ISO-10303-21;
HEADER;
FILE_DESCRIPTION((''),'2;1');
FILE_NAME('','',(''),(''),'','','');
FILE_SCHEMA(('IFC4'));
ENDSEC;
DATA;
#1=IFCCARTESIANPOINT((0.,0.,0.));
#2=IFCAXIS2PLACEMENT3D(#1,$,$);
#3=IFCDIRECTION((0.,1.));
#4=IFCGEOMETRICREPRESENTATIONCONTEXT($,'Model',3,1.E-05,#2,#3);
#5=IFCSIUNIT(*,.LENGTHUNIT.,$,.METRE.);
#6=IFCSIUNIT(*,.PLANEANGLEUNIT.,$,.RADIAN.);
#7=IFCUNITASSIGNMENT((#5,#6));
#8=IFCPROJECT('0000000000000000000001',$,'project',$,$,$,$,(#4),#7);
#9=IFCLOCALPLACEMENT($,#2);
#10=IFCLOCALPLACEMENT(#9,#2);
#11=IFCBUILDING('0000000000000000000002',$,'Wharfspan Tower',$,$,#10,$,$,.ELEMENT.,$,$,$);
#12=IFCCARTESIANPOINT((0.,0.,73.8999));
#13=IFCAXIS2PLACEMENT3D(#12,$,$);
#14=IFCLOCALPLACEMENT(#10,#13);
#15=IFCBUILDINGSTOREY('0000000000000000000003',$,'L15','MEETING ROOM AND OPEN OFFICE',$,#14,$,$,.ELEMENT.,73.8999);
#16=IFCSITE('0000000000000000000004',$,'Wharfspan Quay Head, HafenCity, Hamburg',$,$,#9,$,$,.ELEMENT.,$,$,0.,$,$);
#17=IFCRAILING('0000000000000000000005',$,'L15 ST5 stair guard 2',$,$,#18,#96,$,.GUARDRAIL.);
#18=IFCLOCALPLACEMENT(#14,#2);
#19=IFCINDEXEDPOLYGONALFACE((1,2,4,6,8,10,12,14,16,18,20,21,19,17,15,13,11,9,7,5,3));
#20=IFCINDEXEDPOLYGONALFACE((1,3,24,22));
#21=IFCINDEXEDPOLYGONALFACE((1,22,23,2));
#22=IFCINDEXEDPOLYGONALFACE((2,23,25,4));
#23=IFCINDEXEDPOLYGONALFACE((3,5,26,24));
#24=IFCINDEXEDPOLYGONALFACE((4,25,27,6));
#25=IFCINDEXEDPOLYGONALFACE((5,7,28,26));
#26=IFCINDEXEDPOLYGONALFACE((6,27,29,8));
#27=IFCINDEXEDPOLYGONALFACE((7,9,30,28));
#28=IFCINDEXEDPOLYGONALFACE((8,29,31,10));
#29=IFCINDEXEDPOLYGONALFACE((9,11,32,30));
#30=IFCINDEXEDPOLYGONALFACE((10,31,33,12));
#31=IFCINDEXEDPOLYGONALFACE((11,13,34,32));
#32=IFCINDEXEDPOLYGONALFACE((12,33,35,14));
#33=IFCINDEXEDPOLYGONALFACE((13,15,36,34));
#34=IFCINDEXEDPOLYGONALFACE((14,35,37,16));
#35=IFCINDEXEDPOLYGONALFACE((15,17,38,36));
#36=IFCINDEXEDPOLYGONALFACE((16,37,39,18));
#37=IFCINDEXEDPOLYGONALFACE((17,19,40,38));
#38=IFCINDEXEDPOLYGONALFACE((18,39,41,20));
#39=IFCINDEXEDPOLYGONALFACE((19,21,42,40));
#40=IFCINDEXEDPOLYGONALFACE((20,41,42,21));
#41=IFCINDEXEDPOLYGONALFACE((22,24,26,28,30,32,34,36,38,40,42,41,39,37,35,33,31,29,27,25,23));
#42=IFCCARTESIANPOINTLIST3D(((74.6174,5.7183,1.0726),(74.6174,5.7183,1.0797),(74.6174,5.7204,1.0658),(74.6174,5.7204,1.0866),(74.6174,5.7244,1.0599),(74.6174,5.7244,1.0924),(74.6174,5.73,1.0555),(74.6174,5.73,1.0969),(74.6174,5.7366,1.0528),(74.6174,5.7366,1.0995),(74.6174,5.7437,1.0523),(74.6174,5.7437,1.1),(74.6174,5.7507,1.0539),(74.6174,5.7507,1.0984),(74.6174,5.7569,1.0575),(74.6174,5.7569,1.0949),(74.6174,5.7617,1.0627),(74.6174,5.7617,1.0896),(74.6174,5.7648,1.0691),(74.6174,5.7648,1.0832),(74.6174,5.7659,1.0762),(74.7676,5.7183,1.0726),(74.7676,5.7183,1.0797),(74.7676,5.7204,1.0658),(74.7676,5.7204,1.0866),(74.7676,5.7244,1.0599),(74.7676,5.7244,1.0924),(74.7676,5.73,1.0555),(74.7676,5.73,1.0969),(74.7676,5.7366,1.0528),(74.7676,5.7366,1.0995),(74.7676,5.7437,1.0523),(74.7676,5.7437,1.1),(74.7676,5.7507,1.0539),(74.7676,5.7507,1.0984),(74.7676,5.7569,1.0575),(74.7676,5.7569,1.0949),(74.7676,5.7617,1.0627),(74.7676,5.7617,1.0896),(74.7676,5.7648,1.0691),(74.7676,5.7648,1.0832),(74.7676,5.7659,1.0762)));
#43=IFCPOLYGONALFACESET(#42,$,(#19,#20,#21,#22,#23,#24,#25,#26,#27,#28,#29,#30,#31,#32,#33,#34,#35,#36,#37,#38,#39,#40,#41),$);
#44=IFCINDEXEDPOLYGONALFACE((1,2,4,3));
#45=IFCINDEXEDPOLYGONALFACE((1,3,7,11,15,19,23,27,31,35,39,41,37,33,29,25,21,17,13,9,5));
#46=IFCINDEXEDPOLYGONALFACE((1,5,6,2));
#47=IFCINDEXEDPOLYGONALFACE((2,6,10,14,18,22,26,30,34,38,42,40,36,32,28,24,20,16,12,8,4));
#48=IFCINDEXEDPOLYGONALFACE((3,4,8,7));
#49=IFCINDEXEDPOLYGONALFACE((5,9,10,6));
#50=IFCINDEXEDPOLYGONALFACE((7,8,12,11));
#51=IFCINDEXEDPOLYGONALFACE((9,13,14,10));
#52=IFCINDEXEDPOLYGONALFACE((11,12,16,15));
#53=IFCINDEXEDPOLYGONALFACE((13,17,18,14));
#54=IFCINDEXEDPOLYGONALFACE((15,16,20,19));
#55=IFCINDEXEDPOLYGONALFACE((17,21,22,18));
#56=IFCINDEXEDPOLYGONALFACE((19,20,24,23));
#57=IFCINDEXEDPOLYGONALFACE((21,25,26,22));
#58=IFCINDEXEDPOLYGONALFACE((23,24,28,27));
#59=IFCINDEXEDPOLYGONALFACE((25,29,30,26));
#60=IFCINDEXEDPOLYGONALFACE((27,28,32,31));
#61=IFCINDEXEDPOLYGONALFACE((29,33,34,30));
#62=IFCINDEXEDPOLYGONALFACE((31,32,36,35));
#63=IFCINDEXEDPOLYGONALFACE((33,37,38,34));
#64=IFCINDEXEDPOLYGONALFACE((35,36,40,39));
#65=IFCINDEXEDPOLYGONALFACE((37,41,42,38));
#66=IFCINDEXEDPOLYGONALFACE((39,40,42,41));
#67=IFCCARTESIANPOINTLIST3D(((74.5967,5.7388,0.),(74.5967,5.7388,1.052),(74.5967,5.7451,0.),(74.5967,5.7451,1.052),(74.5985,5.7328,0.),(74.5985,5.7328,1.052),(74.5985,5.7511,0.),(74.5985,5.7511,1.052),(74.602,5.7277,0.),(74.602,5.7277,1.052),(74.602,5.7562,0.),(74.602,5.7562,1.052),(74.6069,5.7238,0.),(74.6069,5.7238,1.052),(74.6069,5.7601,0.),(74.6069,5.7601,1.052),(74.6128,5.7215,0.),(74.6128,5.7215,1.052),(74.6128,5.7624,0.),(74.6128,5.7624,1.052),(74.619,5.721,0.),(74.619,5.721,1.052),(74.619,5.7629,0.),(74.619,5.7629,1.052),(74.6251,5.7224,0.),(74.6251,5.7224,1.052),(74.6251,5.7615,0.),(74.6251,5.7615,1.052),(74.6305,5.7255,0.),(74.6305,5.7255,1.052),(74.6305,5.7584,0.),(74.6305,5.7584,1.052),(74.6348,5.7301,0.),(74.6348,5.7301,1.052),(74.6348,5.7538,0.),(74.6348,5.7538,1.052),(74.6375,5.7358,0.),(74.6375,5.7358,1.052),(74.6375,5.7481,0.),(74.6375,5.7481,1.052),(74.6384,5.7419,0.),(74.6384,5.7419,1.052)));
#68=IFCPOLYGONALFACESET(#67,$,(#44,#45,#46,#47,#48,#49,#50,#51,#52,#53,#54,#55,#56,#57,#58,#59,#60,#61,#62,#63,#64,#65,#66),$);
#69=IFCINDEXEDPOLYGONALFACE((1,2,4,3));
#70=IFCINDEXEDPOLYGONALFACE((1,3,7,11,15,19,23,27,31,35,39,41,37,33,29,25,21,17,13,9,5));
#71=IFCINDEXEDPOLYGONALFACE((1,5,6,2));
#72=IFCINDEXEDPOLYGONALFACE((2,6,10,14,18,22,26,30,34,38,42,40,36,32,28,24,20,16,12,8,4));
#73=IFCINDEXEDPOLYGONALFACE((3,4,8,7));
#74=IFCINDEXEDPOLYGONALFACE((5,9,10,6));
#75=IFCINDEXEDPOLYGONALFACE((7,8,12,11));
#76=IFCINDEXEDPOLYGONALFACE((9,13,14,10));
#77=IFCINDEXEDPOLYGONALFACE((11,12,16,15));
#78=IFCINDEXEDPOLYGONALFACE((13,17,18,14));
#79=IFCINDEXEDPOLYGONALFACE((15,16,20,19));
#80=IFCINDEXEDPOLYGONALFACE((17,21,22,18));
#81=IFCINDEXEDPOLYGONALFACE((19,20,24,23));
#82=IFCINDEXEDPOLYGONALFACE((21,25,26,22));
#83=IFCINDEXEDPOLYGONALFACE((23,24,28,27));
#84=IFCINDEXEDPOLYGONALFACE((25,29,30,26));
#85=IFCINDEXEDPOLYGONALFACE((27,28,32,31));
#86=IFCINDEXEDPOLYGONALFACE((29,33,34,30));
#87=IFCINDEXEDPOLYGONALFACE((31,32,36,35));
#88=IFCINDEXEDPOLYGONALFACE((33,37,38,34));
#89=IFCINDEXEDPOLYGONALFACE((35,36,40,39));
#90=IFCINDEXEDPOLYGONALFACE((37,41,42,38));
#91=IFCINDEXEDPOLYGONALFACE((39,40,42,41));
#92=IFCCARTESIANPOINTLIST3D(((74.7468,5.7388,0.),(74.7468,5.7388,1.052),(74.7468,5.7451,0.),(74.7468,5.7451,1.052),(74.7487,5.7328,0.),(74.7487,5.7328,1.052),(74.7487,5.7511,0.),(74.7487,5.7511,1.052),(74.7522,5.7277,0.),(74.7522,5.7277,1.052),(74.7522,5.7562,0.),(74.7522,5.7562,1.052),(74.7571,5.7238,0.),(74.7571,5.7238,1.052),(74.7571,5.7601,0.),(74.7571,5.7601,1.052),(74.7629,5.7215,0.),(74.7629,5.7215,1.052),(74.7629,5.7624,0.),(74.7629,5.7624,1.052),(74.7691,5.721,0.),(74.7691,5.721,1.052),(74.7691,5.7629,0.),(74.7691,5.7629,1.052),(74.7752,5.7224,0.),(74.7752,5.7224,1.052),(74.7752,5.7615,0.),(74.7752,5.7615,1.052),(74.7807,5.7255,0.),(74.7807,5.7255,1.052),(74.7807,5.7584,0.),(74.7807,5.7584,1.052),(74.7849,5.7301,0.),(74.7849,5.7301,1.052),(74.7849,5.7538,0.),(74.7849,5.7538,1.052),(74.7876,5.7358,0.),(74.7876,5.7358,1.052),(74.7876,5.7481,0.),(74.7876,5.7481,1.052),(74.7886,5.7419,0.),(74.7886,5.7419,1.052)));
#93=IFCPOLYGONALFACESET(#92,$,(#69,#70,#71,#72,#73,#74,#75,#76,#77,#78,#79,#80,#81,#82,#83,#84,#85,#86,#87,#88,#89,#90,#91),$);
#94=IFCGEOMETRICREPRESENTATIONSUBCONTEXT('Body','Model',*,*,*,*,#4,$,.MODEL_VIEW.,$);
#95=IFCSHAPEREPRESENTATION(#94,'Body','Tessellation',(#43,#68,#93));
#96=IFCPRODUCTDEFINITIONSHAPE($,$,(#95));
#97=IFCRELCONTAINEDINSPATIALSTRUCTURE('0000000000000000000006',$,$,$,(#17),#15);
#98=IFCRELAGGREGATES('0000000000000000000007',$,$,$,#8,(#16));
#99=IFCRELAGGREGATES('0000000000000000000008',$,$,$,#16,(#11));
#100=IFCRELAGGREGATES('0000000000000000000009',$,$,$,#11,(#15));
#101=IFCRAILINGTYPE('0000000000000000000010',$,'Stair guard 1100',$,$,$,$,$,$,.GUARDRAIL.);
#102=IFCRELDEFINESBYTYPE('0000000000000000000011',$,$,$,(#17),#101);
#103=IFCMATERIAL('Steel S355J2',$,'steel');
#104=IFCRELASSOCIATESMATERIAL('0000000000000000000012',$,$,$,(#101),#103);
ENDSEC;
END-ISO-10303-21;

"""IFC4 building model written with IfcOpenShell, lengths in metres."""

from ifc_helpers import new_model, si_unit, direction, frame, origin, origin_2d, place, context, subcontext, project, spatial, circle, extrude, material, type_object, element, save


model = new_model("IFC4")

# Units and contexts
model_context = context("Model", 3, precision=1e-05, world=origin(), true_north=direction((0.0, 1.0)))
body_context = subcontext(model_context, "Body", "Model", "MODEL_VIEW")
ifc_project = project(units=[si_unit("LENGTHUNIT", "METRE"), si_unit("PLANEANGLEUNIT", "RADIAN")], contexts=[model_context])

# Site, building, storey
site_placement = place(None, origin())
site = spatial("IfcSite", under=ifc_project, at=site_placement, Name="Wharfspan Quay Head, HafenCity, Hamburg", CompositionType="ELEMENT", RefElevation=0.0)
building_placement = place(site_placement, origin())
building = spatial("IfcBuilding", under=site, at=building_placement, Name="Wharfspan Tower", CompositionType="ELEMENT")
storey_placement = place(building_placement, frame((0.0, 0.0, 73.8999)))
storey = spatial("IfcBuildingStorey", under=building, at=storey_placement, Name="L15", Description="MEETING ROOM AND OPEN OFFICE", CompositionType="ELEMENT", Elevation=73.8999)

# Shared definitions
ifc_material_1 = material(Name="Steel S355J2", Category="steel")

# Railing
railing_type_1 = type_object("IfcRailingType", Name="Stair guard 1100", PredefinedType="GUARDRAIL", material=ifc_material_1)
railing_1_placement = place(storey_placement, frame((74.6174, 5.7419, 0.0)))
element("IfcRailing", 1, at=railing_1_placement, inside=storey, type_object=railing_type_1, Name="L15 ST5 stair guard 2", PredefinedType="GUARDRAIL", context=body_context, shape_type="SweptSolid", body=[
    extrude(circle(Radius=0.0239, at=origin_2d()), frame((0.0, 0.0, 1.0762), z_axis=(1.0, 0.0, 0.0), x_axis=(0.0, 1.0, 0.0)), (0.0, 0.0, 1.0), 0.1501),
    extrude(circle(Radius=0.021, at=origin_2d()), origin(), (0.0, 0.0, 1.0), 1.052),
    extrude(circle(Radius=0.021, at=origin_2d()), frame((0.1501, 0.0, 0.0)), (0.0, 0.0, 1.0), 1.052),
])

save(model, "model.ifc")
